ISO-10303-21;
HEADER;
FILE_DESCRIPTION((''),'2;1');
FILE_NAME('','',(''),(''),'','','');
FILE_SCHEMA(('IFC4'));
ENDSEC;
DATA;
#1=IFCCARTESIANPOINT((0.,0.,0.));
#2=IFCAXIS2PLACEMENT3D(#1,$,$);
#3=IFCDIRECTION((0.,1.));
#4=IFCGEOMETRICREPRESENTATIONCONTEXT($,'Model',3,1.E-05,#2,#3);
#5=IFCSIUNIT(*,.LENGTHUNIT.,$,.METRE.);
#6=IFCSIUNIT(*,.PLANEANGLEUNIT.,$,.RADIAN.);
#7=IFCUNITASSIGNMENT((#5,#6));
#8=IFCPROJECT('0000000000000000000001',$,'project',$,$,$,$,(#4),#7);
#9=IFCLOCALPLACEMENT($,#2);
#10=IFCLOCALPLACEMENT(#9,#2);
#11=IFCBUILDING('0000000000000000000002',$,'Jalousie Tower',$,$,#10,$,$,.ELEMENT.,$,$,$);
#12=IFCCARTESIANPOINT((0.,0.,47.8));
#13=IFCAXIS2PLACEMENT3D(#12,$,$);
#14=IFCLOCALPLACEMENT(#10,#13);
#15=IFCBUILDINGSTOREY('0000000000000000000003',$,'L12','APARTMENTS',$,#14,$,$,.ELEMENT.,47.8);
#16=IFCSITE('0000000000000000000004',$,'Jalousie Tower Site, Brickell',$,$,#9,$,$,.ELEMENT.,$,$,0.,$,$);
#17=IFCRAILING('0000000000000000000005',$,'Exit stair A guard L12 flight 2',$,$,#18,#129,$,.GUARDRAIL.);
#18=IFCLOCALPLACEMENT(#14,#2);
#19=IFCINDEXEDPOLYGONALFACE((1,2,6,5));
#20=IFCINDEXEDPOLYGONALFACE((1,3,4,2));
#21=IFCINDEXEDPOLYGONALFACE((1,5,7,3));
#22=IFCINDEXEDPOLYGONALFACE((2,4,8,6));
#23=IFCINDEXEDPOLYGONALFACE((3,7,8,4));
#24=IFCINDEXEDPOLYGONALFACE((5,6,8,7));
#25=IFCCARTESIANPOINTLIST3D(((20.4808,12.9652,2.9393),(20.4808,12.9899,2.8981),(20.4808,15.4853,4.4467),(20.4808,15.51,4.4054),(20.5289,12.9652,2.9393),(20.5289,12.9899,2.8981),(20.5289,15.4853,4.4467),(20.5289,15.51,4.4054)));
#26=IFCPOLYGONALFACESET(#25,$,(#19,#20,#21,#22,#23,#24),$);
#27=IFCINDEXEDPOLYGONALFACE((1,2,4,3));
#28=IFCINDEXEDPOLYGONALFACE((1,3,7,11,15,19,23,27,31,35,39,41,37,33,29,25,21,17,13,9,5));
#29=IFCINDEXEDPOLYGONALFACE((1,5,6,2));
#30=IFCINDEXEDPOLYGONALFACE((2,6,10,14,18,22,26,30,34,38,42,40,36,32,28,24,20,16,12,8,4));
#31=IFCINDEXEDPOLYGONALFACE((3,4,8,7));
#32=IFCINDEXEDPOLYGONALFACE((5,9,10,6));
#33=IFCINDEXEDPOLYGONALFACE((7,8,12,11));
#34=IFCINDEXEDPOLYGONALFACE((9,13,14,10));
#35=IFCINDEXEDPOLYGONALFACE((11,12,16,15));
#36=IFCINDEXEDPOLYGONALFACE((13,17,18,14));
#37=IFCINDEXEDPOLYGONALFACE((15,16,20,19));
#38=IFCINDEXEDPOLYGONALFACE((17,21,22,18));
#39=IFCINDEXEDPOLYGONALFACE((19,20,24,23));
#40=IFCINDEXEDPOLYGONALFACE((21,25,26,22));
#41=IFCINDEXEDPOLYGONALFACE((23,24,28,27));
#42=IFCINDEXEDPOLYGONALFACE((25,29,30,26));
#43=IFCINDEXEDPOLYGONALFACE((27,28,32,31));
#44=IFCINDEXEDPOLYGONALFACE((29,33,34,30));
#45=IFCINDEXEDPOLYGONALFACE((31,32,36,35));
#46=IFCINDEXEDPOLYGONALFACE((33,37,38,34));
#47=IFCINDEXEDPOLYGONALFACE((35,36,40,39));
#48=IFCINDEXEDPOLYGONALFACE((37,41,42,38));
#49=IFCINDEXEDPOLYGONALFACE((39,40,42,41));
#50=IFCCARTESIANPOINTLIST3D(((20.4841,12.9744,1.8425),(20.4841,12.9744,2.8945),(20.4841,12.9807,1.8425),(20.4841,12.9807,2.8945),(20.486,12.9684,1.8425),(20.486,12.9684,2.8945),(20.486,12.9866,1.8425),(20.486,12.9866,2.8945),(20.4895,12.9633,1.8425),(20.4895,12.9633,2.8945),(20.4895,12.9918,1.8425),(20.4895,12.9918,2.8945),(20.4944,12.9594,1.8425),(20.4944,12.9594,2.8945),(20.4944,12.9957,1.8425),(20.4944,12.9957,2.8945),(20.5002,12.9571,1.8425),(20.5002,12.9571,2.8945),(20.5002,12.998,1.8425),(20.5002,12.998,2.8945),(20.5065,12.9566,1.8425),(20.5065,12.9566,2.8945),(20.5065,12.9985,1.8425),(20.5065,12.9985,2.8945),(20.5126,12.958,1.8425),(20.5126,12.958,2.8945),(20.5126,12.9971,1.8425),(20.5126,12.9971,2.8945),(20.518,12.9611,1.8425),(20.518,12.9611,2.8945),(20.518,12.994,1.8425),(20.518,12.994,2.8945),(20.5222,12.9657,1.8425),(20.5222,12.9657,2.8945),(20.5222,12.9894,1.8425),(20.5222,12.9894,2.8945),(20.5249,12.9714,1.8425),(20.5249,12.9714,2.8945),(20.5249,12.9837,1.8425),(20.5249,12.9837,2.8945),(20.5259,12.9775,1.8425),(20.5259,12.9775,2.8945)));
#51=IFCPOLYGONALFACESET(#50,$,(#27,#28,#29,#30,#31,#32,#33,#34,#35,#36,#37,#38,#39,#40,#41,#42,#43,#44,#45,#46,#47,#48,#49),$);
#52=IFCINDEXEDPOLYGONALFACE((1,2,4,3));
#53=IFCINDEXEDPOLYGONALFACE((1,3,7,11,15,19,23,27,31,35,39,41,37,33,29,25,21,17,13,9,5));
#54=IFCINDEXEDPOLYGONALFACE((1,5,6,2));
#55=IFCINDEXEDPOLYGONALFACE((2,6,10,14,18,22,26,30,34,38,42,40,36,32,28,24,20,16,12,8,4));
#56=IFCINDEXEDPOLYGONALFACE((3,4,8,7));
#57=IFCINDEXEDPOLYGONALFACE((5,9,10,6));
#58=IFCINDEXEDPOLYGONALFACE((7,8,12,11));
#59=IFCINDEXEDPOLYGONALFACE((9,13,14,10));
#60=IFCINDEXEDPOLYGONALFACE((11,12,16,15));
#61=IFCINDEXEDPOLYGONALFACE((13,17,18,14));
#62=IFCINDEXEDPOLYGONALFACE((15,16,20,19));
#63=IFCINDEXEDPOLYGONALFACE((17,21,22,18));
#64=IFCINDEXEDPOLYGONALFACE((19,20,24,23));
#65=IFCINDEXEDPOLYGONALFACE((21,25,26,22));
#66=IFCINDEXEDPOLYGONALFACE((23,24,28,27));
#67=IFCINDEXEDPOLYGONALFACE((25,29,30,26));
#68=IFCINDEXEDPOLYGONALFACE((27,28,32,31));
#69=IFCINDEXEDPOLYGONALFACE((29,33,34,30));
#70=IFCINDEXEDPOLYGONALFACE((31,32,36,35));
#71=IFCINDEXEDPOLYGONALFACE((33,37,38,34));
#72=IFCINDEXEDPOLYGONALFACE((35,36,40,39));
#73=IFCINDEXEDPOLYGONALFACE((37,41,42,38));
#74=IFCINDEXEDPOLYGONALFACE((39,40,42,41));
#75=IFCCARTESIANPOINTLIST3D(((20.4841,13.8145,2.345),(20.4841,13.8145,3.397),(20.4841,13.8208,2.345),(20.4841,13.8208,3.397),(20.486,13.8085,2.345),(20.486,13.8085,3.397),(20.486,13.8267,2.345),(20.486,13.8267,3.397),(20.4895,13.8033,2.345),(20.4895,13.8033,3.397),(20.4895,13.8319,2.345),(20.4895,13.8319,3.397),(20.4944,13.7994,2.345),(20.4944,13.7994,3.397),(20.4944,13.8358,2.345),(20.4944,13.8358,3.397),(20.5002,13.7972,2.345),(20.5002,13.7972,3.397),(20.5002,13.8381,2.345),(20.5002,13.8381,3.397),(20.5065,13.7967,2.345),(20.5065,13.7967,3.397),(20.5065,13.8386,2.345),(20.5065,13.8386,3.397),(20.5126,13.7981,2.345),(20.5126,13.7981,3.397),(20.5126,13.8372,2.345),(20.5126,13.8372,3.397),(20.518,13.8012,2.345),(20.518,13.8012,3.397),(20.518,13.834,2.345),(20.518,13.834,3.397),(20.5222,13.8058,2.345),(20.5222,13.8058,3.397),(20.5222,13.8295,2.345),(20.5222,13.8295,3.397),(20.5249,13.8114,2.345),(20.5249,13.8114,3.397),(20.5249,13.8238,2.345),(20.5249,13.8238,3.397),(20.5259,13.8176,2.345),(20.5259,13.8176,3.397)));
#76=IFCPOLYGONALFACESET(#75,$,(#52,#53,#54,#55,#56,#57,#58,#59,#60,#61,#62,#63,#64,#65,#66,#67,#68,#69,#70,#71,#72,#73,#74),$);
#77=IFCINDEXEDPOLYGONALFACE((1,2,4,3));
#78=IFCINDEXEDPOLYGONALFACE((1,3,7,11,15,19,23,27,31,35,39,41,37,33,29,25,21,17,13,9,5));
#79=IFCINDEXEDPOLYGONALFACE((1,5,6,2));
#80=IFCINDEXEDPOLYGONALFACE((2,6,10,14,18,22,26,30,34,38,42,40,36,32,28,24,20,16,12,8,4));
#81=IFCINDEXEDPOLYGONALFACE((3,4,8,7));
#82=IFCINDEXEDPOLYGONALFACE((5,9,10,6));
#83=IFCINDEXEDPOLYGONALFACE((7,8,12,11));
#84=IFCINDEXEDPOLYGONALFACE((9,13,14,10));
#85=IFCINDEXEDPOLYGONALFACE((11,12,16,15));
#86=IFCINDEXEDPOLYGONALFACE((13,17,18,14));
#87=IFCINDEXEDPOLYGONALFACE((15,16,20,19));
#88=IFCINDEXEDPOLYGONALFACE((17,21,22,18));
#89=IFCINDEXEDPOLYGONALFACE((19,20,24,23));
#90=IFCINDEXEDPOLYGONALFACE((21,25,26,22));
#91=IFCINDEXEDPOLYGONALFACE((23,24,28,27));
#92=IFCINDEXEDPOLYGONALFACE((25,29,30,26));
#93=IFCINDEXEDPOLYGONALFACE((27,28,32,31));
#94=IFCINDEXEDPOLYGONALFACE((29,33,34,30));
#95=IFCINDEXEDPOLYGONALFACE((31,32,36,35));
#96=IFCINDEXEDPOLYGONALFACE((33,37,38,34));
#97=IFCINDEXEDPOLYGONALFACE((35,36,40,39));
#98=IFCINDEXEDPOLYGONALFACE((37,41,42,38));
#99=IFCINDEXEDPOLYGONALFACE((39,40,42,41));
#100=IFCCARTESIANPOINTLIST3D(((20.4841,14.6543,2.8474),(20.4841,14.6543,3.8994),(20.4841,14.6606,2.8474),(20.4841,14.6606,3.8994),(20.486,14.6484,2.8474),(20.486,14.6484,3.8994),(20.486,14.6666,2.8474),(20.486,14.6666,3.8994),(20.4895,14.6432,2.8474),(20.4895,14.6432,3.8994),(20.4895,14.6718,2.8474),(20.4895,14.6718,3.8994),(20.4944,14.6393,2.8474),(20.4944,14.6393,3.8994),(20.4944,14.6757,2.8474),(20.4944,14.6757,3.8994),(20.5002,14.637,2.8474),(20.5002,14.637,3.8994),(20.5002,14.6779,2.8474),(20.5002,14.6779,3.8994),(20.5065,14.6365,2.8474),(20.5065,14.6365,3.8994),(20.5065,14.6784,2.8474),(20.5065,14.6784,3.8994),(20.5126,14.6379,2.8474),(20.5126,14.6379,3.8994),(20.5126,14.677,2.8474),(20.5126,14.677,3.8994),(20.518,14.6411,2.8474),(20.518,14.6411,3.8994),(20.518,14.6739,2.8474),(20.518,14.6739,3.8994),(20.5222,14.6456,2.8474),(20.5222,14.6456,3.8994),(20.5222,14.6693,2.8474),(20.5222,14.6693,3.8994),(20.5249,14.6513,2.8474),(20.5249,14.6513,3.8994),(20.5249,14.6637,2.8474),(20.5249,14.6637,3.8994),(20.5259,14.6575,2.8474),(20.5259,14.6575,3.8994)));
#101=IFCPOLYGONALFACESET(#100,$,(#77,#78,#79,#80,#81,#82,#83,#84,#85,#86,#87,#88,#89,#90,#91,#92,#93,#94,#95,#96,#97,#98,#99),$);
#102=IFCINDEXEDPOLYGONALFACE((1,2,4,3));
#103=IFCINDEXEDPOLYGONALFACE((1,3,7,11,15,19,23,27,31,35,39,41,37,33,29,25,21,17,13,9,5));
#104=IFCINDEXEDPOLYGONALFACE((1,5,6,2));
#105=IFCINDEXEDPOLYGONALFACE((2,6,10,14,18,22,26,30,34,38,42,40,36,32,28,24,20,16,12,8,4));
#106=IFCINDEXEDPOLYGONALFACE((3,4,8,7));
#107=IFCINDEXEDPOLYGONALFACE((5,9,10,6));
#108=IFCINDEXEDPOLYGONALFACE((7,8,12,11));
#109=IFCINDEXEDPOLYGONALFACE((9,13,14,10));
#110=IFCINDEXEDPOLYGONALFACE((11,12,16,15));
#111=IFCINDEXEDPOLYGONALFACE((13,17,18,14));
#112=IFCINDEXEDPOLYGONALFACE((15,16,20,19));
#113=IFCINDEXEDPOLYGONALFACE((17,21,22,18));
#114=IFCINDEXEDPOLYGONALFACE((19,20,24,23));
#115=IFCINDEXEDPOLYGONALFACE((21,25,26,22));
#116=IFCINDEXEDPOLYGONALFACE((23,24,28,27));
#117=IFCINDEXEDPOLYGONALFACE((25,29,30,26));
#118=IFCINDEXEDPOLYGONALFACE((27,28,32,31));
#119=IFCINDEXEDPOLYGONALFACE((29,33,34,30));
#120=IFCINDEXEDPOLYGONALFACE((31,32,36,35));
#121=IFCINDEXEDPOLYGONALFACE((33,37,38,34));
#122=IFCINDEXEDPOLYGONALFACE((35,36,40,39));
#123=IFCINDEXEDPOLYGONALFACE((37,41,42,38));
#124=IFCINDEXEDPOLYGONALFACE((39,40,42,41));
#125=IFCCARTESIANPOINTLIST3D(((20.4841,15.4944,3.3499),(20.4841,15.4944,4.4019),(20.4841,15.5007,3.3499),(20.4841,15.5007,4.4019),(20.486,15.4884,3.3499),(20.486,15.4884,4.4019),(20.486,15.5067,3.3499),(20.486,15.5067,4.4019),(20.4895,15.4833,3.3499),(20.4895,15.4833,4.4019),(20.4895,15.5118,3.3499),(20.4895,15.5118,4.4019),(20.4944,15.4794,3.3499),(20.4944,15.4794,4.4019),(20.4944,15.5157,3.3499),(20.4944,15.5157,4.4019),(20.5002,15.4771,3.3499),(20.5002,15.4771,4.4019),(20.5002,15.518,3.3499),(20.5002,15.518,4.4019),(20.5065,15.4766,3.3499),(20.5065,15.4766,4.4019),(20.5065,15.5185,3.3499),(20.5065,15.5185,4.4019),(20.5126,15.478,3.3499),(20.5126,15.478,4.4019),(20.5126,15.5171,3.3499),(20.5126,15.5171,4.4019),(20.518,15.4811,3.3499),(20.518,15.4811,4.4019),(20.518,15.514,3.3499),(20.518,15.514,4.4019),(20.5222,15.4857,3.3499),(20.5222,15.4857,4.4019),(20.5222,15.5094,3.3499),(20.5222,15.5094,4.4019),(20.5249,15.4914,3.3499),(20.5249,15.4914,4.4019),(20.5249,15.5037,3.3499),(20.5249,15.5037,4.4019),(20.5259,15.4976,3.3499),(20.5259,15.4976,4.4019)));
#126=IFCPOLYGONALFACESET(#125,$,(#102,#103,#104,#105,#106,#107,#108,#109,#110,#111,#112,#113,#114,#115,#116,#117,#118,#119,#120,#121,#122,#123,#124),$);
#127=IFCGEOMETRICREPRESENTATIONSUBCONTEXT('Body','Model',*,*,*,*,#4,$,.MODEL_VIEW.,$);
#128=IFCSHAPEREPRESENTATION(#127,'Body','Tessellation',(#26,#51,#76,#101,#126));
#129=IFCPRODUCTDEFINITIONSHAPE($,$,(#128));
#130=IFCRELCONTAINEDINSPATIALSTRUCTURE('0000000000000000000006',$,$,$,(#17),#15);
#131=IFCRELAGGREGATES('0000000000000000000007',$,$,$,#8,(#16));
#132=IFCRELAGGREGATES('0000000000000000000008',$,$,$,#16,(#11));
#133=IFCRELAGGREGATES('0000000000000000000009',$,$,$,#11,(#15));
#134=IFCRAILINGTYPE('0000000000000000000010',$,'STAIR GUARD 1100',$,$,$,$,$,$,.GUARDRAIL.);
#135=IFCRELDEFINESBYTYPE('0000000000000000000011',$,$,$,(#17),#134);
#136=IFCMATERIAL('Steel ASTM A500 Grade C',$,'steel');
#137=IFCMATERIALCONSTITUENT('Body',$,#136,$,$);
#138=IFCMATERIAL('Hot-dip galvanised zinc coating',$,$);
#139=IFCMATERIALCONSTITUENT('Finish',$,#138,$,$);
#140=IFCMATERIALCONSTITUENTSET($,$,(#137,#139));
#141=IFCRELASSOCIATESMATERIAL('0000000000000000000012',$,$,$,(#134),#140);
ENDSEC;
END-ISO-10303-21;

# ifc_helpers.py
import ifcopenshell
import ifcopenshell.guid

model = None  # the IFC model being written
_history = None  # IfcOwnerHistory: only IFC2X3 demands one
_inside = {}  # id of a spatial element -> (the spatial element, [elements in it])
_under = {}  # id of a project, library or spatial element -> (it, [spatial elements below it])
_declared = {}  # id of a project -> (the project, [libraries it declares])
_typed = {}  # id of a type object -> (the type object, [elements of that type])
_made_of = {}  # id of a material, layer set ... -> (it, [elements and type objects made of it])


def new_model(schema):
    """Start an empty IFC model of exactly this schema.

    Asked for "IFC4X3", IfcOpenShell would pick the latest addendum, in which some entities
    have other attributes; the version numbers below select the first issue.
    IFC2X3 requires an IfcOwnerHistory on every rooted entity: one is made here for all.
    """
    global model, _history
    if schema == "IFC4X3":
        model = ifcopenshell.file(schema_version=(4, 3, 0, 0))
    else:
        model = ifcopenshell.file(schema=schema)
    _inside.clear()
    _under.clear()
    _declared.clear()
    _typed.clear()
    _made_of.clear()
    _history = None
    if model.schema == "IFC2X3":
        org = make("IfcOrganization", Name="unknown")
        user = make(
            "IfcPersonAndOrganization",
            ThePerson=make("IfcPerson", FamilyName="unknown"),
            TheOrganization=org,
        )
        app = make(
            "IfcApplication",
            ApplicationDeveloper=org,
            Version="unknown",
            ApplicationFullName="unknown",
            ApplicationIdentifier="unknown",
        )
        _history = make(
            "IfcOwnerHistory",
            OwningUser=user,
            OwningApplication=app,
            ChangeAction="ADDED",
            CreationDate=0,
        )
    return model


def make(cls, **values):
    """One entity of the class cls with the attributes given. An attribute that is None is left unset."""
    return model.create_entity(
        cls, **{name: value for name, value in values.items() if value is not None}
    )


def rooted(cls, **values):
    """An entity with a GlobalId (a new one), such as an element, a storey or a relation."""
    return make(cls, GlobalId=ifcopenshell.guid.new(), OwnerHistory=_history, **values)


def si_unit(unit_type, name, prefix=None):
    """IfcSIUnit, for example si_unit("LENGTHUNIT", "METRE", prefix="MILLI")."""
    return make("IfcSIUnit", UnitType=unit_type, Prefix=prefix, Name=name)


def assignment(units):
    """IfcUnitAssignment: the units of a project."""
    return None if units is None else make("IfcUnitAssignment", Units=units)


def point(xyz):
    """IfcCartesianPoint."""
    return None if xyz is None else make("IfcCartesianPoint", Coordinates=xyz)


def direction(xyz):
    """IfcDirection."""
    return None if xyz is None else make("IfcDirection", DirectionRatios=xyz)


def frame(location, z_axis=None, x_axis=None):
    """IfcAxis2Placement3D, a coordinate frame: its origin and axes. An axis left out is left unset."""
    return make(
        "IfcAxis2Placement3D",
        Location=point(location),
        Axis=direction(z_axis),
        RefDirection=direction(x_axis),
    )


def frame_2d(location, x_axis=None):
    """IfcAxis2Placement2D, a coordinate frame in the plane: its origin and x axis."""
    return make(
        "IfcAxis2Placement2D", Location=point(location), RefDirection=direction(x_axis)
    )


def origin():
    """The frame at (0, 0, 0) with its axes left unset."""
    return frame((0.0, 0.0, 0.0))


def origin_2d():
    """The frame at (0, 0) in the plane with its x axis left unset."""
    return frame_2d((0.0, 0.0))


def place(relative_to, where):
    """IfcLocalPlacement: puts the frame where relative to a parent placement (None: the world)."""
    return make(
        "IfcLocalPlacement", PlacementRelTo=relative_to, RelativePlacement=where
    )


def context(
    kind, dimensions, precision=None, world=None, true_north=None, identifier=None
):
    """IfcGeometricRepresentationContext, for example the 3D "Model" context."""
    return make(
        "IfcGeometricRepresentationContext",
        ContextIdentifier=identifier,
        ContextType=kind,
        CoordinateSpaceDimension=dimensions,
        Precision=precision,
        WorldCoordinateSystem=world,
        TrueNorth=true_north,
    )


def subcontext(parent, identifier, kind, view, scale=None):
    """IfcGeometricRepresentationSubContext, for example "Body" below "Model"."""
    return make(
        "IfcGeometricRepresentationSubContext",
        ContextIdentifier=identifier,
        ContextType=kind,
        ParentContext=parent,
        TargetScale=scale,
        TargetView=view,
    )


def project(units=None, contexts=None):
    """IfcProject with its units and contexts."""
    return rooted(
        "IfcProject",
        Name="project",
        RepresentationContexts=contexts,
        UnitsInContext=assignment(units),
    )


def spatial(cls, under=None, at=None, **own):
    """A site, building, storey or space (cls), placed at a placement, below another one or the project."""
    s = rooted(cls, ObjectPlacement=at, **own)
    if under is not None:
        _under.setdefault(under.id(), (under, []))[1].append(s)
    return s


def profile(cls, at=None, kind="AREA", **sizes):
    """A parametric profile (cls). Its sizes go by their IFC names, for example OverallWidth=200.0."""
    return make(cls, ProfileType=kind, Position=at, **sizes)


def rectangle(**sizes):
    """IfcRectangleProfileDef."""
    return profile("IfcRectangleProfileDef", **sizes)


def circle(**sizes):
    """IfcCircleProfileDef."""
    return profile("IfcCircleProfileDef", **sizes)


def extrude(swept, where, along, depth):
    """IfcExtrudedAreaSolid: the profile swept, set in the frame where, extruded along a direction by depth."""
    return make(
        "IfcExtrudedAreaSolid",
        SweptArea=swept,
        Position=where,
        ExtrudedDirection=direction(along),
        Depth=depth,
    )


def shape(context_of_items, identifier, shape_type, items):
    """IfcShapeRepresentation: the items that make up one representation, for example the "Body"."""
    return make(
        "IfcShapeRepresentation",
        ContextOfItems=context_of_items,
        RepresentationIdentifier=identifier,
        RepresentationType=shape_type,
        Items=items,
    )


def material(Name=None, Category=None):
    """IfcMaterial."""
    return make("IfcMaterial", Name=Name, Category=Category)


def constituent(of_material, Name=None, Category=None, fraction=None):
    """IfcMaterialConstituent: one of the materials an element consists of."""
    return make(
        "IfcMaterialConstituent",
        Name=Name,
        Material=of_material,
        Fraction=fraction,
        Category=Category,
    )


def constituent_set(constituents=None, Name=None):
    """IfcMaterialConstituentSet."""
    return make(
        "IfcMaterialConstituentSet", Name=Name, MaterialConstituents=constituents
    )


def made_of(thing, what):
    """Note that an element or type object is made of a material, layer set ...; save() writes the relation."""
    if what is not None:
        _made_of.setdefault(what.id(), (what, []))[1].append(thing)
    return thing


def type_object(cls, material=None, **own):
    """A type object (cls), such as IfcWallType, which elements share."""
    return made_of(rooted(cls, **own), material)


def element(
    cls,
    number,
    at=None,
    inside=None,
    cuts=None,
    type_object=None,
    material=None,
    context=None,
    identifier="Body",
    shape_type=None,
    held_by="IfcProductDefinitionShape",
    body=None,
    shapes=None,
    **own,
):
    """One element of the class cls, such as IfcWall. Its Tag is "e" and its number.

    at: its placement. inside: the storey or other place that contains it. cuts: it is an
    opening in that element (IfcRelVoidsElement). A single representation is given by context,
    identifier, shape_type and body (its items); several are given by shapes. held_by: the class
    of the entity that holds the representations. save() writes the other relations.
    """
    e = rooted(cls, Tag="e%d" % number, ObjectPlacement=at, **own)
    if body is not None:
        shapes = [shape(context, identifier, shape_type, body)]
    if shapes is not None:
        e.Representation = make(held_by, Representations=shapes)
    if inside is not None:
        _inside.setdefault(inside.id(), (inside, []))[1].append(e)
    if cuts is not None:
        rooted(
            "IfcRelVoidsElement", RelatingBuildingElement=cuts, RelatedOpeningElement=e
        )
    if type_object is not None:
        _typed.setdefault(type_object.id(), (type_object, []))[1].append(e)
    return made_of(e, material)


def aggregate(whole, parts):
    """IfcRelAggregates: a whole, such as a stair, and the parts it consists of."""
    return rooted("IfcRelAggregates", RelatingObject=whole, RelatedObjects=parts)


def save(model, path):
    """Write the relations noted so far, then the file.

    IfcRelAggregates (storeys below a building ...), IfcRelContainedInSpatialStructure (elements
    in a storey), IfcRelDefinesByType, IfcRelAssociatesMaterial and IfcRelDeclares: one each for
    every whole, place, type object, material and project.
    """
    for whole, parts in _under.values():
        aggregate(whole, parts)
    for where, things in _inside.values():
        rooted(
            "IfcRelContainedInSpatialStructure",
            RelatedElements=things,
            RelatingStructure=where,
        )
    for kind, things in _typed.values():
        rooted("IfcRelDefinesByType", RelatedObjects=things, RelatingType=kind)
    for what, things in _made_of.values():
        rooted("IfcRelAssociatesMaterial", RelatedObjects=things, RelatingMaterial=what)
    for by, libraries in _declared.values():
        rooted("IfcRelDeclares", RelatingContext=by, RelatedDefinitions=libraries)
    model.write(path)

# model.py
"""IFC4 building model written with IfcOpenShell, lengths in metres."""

from ifc_helpers import new_model, si_unit, direction, frame, origin, origin_2d, place, context, subcontext, project, spatial, rectangle, circle, extrude, material, constituent, constituent_set, type_object, element, save


model = new_model("IFC4")

# Units and contexts
model_context = context("Model", 3, precision=1e-05, world=origin(), true_north=direction((0.0, 1.0)))
body_context = subcontext(model_context, "Body", "Model", "MODEL_VIEW")
ifc_project = project(units=[si_unit("LENGTHUNIT", "METRE"), si_unit("PLANEANGLEUNIT", "RADIAN")], contexts=[model_context])

# Site, building, storey
site_placement = place(None, origin())
site = spatial("IfcSite", under=ifc_project, at=site_placement, Name="Jalousie Tower Site, Brickell", CompositionType="ELEMENT", RefElevation=0.0)
building_placement = place(site_placement, origin())
building = spatial("IfcBuilding", under=site, at=building_placement, Name="Jalousie Tower", CompositionType="ELEMENT")
storey_placement = place(building_placement, frame((0.0, 0.0, 47.8)))
storey = spatial("IfcBuildingStorey", under=building, at=storey_placement, Name="L12", Description="APARTMENTS", CompositionType="ELEMENT", Elevation=47.8)

# Railing
ifc_material_1 = material(Name="Steel ASTM A500 Grade C", Category="steel")
ifc_constituent_1 = constituent(ifc_material_1, Name="Body")
ifc_material_2 = material(Name="Hot-dip galvanised zinc coating")
ifc_constituent_2 = constituent(ifc_material_2, Name="Finish")
ifc_constituent_set_1 = constituent_set(constituents=[ifc_constituent_1, ifc_constituent_2])
railing_type_1 = type_object("IfcRailingType", Name="STAIR GUARD 1100", PredefinedType="GUARDRAIL", material=ifc_constituent_set_1)
railing_1_placement = place(storey_placement, frame((20.5049, 12.9775, 1.8425)))
element("IfcRailing", 1, at=railing_1_placement, inside=storey, type_object=railing_type_1, Name="Exit stair A guard L12 flight 2", PredefinedType="GUARDRAIL", context=body_context, shape_type="SweptSolid", body=[
    extrude(rectangle(XDim=0.0481, YDim=0.0481, at=origin_2d()), frame((0.0, 0.0, 1.0762), z_axis=(0.0, 0.858196, 0.513321), x_axis=(-1.0, 0.0, 0.0)), (0.0, 0.0, 1.0), 2.9365),
    extrude(circle(Radius=0.021, at=origin_2d()), origin(), (0.0, 0.0, 1.0), 1.052),
    extrude(circle(Radius=0.021, at=origin_2d()), frame((0.0, 0.8401, 0.5024)), (0.0, 0.0, 1.0), 1.052),
    extrude(circle(Radius=0.021, at=origin_2d()), frame((0.0, 1.6799, 1.0049)), (0.0, 0.0, 1.0), 1.052),
    extrude(circle(Radius=0.021, at=origin_2d()), frame((0.0, 2.52, 1.5073)), (0.0, 0.0, 1.0), 1.052),
])

save(model, "model.ifc")
